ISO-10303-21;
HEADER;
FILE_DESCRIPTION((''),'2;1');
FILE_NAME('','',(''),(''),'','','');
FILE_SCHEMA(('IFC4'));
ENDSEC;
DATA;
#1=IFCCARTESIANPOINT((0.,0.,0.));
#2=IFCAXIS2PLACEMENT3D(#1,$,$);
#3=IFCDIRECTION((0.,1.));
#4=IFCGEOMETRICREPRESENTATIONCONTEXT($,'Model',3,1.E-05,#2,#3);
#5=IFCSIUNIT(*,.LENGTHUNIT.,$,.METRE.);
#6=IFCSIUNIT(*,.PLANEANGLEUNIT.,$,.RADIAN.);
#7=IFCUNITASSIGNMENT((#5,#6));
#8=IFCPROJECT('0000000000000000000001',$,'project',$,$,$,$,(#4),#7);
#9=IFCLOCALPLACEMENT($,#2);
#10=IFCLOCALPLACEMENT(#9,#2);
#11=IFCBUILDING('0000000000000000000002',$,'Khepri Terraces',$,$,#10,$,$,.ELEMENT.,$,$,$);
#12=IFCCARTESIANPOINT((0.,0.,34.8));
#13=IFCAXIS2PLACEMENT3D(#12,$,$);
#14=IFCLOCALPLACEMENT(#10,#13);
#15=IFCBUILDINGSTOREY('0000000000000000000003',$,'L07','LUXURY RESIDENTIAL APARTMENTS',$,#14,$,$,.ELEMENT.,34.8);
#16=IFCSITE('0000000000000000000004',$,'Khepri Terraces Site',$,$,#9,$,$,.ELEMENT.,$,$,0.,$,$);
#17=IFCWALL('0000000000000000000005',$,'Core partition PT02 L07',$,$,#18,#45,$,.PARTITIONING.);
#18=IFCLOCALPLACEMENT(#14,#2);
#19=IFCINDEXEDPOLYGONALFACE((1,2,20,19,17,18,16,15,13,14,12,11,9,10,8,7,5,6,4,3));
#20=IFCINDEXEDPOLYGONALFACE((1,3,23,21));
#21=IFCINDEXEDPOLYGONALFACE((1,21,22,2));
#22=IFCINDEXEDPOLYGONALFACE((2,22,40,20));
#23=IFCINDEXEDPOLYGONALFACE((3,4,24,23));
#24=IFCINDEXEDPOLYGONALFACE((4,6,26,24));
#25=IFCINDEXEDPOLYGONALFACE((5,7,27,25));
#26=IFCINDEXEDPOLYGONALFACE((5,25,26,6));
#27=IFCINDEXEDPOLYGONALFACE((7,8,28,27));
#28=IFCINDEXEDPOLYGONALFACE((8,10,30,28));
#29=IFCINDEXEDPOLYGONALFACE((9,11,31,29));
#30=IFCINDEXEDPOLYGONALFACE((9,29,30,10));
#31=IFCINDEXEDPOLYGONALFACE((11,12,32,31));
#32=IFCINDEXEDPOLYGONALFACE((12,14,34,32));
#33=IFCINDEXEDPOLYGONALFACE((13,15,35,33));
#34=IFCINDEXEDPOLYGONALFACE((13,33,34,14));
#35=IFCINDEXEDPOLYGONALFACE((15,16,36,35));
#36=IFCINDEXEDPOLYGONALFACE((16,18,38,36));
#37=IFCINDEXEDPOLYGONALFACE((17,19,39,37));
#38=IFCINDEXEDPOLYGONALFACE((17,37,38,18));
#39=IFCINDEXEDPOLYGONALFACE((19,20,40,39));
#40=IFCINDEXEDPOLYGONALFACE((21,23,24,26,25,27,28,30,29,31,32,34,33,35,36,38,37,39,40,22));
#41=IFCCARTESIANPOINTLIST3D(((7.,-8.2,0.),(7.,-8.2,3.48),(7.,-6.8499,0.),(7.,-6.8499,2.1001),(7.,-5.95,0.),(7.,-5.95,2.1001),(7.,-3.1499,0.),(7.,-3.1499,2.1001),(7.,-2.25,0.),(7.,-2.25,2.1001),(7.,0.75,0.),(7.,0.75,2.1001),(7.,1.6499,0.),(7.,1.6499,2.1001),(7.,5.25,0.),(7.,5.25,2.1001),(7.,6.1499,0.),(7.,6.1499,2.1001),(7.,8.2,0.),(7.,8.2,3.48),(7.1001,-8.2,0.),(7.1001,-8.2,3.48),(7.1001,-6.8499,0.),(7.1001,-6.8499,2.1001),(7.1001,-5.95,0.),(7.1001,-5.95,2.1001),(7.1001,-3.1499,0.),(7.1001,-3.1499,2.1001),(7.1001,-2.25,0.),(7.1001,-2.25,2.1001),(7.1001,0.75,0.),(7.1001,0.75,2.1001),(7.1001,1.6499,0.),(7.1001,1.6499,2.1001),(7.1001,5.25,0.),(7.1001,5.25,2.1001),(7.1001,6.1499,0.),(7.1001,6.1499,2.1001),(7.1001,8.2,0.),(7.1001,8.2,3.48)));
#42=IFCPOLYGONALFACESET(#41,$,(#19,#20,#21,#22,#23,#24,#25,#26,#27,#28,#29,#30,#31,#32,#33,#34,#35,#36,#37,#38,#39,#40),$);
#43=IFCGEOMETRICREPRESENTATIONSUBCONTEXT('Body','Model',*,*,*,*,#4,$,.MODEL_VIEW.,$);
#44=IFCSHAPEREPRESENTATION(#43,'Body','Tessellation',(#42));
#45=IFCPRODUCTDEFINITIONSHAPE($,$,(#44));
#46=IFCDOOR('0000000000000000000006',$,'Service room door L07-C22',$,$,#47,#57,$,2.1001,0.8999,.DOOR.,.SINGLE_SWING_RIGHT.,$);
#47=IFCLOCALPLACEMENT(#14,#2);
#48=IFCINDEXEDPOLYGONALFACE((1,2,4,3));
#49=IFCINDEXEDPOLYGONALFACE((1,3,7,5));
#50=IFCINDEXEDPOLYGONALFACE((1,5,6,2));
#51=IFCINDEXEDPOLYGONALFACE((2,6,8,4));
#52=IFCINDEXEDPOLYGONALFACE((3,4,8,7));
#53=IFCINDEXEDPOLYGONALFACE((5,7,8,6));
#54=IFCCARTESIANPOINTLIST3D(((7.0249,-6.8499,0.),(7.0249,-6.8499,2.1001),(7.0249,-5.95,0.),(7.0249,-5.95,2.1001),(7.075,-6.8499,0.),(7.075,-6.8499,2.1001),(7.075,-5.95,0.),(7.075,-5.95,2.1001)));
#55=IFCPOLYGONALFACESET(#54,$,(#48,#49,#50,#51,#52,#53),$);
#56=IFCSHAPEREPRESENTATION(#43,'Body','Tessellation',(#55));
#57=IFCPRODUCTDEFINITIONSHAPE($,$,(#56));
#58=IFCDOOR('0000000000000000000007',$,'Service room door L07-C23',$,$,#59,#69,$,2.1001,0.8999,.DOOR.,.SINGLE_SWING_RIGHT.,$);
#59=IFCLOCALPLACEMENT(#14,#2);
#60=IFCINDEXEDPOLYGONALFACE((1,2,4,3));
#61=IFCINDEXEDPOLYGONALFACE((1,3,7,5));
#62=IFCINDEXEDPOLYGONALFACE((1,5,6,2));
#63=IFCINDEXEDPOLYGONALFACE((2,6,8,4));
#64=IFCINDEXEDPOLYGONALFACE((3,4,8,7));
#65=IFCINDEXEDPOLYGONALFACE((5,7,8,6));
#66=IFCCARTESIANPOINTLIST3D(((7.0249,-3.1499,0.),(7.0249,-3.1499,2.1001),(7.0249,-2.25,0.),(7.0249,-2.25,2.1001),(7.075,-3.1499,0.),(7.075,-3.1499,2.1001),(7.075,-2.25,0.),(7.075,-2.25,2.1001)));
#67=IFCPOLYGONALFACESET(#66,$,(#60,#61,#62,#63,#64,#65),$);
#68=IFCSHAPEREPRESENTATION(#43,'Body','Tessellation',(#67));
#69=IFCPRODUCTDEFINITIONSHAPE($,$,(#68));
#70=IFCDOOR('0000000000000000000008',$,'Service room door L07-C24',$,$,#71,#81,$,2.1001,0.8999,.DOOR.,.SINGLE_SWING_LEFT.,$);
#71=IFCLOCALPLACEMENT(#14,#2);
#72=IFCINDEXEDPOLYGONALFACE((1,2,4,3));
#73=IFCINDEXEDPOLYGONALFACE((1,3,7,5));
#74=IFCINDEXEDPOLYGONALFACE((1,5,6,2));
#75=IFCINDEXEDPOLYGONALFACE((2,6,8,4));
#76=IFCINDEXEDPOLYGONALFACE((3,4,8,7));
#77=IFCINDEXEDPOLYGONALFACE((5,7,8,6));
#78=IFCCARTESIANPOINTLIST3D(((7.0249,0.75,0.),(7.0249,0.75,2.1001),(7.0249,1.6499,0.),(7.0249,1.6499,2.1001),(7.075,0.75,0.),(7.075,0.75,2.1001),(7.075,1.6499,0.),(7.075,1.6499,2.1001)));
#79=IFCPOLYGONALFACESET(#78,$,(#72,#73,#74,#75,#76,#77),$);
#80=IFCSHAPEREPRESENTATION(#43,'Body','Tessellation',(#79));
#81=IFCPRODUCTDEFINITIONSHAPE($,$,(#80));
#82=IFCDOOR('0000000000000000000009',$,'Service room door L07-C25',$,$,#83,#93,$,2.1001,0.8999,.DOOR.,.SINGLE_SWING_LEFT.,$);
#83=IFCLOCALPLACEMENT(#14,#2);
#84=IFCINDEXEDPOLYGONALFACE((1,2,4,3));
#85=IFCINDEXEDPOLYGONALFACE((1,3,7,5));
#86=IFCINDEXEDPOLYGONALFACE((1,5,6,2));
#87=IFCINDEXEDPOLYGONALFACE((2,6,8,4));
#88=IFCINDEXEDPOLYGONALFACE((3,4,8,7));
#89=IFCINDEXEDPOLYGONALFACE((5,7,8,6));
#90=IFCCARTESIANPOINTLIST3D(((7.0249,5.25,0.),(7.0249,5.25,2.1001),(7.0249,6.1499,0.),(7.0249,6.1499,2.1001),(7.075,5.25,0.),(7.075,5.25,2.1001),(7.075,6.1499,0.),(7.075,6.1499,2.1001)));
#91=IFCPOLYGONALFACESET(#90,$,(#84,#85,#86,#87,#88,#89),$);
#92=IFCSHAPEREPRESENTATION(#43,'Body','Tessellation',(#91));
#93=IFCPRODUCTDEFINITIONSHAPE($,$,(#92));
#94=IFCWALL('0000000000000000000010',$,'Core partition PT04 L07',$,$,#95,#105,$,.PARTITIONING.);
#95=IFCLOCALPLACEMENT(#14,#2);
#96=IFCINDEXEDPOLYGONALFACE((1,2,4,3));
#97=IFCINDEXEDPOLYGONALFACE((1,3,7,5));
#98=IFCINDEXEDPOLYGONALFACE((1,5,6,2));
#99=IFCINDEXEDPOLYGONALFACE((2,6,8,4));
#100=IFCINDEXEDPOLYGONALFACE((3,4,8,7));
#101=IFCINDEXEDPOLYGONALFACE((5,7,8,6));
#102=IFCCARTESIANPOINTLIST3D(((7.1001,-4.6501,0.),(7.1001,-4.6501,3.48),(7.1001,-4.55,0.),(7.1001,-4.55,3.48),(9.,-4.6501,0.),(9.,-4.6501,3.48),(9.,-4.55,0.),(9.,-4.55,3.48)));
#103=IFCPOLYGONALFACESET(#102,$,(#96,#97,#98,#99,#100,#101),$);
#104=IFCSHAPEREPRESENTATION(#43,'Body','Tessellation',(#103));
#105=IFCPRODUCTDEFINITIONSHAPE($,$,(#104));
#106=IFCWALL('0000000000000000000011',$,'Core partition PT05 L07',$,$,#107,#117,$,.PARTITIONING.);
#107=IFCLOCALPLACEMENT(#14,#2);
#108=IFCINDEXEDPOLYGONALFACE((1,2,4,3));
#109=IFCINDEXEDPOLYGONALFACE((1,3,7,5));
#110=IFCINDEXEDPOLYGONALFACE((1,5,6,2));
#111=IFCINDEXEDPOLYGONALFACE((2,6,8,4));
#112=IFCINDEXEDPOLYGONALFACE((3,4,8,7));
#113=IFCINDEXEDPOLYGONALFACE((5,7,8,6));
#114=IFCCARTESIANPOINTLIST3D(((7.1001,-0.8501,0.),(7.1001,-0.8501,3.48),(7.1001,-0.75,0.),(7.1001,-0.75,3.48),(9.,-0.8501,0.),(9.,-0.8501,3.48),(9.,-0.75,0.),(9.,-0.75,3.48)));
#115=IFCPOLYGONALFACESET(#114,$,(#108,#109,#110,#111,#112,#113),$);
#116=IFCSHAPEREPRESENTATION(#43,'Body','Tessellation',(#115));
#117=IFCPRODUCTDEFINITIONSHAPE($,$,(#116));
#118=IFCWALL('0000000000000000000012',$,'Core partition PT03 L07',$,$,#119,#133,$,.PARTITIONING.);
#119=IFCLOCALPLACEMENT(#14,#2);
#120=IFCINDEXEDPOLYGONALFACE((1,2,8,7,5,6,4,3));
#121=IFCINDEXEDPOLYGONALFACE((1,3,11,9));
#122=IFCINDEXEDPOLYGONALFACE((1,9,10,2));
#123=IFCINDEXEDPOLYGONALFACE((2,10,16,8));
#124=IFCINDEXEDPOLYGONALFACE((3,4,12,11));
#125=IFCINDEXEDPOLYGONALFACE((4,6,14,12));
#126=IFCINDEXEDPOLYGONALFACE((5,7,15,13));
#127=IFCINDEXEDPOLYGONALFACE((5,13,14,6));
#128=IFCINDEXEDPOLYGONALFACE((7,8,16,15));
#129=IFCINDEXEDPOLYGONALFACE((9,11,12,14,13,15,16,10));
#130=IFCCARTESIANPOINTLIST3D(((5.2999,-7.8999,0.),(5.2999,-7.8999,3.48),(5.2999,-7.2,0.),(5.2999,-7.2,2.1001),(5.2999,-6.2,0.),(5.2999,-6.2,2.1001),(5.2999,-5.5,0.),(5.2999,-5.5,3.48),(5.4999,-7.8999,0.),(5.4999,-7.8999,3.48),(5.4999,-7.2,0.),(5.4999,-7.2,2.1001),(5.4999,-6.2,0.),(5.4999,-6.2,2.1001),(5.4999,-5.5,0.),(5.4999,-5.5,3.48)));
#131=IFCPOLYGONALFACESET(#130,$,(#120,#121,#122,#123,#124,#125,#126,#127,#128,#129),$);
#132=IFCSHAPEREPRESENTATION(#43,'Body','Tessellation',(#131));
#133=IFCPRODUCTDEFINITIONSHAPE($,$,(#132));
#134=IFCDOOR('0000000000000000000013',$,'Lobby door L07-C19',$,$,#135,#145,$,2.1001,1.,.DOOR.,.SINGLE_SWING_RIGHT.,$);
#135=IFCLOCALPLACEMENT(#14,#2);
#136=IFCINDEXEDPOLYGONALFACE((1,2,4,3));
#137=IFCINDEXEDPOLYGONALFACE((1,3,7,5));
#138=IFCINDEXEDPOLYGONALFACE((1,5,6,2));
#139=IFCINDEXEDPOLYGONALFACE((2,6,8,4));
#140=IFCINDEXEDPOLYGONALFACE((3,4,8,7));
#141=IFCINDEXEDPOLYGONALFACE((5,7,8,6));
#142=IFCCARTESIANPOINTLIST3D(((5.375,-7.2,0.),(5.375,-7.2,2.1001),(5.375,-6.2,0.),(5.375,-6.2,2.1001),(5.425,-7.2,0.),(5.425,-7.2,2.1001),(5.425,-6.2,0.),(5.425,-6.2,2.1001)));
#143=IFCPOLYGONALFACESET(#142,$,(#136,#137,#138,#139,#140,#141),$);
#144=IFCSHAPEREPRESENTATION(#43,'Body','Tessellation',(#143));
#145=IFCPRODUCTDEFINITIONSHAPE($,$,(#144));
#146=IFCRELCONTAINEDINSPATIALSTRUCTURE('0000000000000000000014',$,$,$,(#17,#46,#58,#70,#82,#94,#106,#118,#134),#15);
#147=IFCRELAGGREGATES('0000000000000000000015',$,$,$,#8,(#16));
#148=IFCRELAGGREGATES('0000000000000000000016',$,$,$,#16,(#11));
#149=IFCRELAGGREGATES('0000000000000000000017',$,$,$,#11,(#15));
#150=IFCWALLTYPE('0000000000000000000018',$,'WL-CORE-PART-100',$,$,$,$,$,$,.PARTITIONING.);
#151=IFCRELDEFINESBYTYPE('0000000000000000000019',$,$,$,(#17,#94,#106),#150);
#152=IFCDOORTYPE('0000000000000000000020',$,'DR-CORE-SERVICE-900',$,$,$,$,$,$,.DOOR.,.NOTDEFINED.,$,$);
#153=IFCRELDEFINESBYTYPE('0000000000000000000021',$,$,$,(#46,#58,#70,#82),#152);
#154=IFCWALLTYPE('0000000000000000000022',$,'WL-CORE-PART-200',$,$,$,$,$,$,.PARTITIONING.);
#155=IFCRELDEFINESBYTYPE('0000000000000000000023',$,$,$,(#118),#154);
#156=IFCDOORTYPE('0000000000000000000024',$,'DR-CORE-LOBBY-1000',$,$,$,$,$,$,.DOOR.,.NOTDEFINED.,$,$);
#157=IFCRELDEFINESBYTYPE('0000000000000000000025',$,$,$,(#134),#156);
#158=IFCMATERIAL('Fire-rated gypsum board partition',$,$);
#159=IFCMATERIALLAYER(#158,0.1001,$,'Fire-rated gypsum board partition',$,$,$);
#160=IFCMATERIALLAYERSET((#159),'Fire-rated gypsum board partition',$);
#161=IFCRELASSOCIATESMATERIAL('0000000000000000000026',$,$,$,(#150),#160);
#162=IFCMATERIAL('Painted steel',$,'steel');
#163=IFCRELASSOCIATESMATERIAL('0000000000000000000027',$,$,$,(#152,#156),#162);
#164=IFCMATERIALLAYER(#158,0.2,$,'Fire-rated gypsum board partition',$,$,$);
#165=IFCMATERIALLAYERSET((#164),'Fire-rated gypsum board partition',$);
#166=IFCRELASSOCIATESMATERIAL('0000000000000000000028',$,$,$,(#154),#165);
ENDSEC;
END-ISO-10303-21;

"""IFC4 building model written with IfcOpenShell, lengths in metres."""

from ifc_helpers import new_model, si_unit, direction, frame, frame_2d, origin, place, context, subcontext, project, spatial, rectangle, extrude, material, layer, layer_set, type_object, element, fill, save


model = new_model("IFC4")

# Units and contexts
model_context = context("Model", 3, precision=1e-05, world=origin(), true_north=direction((0.0, 1.0)))
body_context = subcontext(model_context, "Body", "Model", "MODEL_VIEW")
ifc_project = project(units=[si_unit("LENGTHUNIT", "METRE"), si_unit("PLANEANGLEUNIT", "RADIAN")], contexts=[model_context])

# Site, building, storey
site_placement = place(None, origin())
site = spatial("IfcSite", under=ifc_project, at=site_placement, Name="Khepri Terraces Site", CompositionType="ELEMENT", RefElevation=0.0)
building_placement = place(site_placement, origin())
building = spatial("IfcBuilding", under=site, at=building_placement, Name="Khepri Terraces", CompositionType="ELEMENT")
storey_placement = place(building_placement, frame((0.0, 0.0, 34.8)))
storey = spatial("IfcBuildingStorey", under=building, at=storey_placement, Name="L07", Description="LUXURY RESIDENTIAL APARTMENTS", CompositionType="ELEMENT", Elevation=34.8)

# Shared definitions
ifc_material_1 = material(Name="Painted steel", Category="steel")

# Wall, openings, doors
ifc_material_2 = material(Name="Fire-rated gypsum board partition")
ifc_layer_1 = layer(ifc_material_2, 0.1001, Name="Fire-rated gypsum board partition")
ifc_layer_set_1 = layer_set([ifc_layer_1], Name="Fire-rated gypsum board partition")
wall_type_1 = type_object("IfcWallType", Name="WL-CORE-PART-100", PredefinedType="PARTITIONING", material=ifc_layer_set_1)
wall_1_placement = place(storey_placement, frame((7.05, -8.2, 0.0), z_axis=(0.0, 0.0, 1.0), x_axis=(0.0, 1.0, 0.0)))
wall_1 = element("IfcWall", 1, at=wall_1_placement, inside=storey, type_object=wall_type_1, Name="Core partition PT02 L07", PredefinedType="PARTITIONING", context=body_context, shape_type="SweptSolid", body=[
    extrude(rectangle(XDim=16.3999, YDim=0.1001, at=frame_2d((8.2, 0.0))), origin(), (0.0, 0.0, 1.0), 3.48),
])
opening_1_placement = place(wall_1_placement, frame((1.3501, 0.0, 0.0)))
opening_1 = element("IfcOpeningElement", 2, at=opening_1_placement, cuts=wall_1, PredefinedType="OPENING", context=body_context, shape_type="SweptSolid", body=[
    extrude(rectangle(XDim=0.8999, YDim=2.1001, at=frame_2d((0.45, 1.05))), frame((0.0, 0.0601, 0.0), z_axis=(0.0, -1.0, 0.0), x_axis=(1.0, 0.0, 0.0)), (0.0, 0.0, 1.0), 0.1201),
])
opening_2_placement = place(wall_1_placement, frame((5.05, 0.0, 0.0)))
opening_2 = element("IfcOpeningElement", 3, at=opening_2_placement, cuts=wall_1, PredefinedType="OPENING", context=body_context, shape_type="SweptSolid", body=[
    extrude(rectangle(XDim=0.8999, YDim=2.1001, at=frame_2d((0.45, 1.05))), frame((0.0, 0.0601, 0.0), z_axis=(0.0, -1.0, 0.0), x_axis=(1.0, 0.0, 0.0)), (0.0, 0.0, 1.0), 0.1201),
])
opening_3_placement = place(wall_1_placement, frame((8.95, 0.0, 0.0)))
opening_3 = element("IfcOpeningElement", 4, at=opening_3_placement, cuts=wall_1, PredefinedType="OPENING", context=body_context, shape_type="SweptSolid", body=[
    extrude(rectangle(XDim=0.8999, YDim=2.1001, at=frame_2d((0.45, 1.05))), frame((0.0, 0.0601, 0.0), z_axis=(0.0, -1.0, 0.0), x_axis=(1.0, 0.0, 0.0)), (0.0, 0.0, 1.0), 0.1201),
])
opening_4_placement = place(wall_1_placement, frame((13.45, 0.0, 0.0)))
opening_4 = element("IfcOpeningElement", 5, at=opening_4_placement, cuts=wall_1, PredefinedType="OPENING", context=body_context, shape_type="SweptSolid", body=[
    extrude(rectangle(XDim=0.8999, YDim=2.1001, at=frame_2d((0.45, 1.05))), frame((0.0, 0.0601, 0.0), z_axis=(0.0, -1.0, 0.0), x_axis=(1.0, 0.0, 0.0)), (0.0, 0.0, 1.0), 0.1201),
])
door_type_1 = type_object("IfcDoorType", Name="DR-CORE-SERVICE-900", OperationType="NOTDEFINED", PredefinedType="DOOR", material=ifc_material_1)
door_1_placement = place(opening_1_placement, frame((0.8999, 0.0, 0.0), z_axis=(0.0, 0.0, 1.0), x_axis=(-1.0, 0.0, 0.0)))
door_1 = element("IfcDoor", 6, at=door_1_placement, inside=storey, type_object=door_type_1, Name="Service room door L07-C22", OperationType="SINGLE_SWING_RIGHT", OverallHeight=2.1001, OverallWidth=0.8999, PredefinedType="DOOR", context=body_context, shape_type="SweptSolid", body=[
    extrude(rectangle(XDim=0.8999, YDim=2.1001, at=frame_2d((0.45, 1.05))), frame((0.0, 0.0249, 0.0), z_axis=(0.0, -1.0, 0.0), x_axis=(1.0, 0.0, 0.0)), (0.0, 0.0, 1.0), 0.05),
])
fill(opening_1, door_1)
door_2_placement = place(opening_2_placement, frame((0.8999, 0.0, 0.0), z_axis=(0.0, 0.0, 1.0), x_axis=(-1.0, 0.0, 0.0)))
door_2 = element("IfcDoor", 7, at=door_2_placement, inside=storey, type_object=door_type_1, Name="Service room door L07-C23", OperationType="SINGLE_SWING_RIGHT", OverallHeight=2.1001, OverallWidth=0.8999, PredefinedType="DOOR", context=body_context, shape_type="SweptSolid", body=[
    extrude(rectangle(XDim=0.8999, YDim=2.1001, at=frame_2d((0.45, 1.05))), frame((0.0, 0.0249, 0.0), z_axis=(0.0, -1.0, 0.0), x_axis=(1.0, 0.0, 0.0)), (0.0, 0.0, 1.0), 0.05),
])
fill(opening_2, door_2)
door_3_placement = place(opening_3_placement, frame((0.8999, 0.0, 0.0), z_axis=(0.0, 0.0, 1.0), x_axis=(-1.0, 0.0, 0.0)))
door_3 = element("IfcDoor", 8, at=door_3_placement, inside=storey, type_object=door_type_1, Name="Service room door L07-C24", OperationType="SINGLE_SWING_LEFT", OverallHeight=2.1001, OverallWidth=0.8999, PredefinedType="DOOR", context=body_context, shape_type="SweptSolid", body=[
    extrude(rectangle(XDim=0.8999, YDim=2.1001, at=frame_2d((0.45, 1.05))), frame((0.0, 0.0249, 0.0), z_axis=(0.0, -1.0, 0.0), x_axis=(1.0, 0.0, 0.0)), (0.0, 0.0, 1.0), 0.05),
])
fill(opening_3, door_3)
door_4_placement = place(opening_4_placement, frame((0.8999, 0.0, 0.0), z_axis=(0.0, 0.0, 1.0), x_axis=(-1.0, 0.0, 0.0)))
door_4 = element("IfcDoor", 9, at=door_4_placement, inside=storey, type_object=door_type_1, Name="Service room door L07-C25", OperationType="SINGLE_SWING_LEFT", OverallHeight=2.1001, OverallWidth=0.8999, PredefinedType="DOOR", context=body_context, shape_type="SweptSolid", body=[
    extrude(rectangle(XDim=0.8999, YDim=2.1001, at=frame_2d((0.45, 1.05))), frame((0.0, 0.0249, 0.0), z_axis=(0.0, -1.0, 0.0), x_axis=(1.0, 0.0, 0.0)), (0.0, 0.0, 1.0), 0.05),
])
fill(opening_4, door_4)

# Walls
for number, where, z_axis, x_axis, name in (
    (10, (7.1001, -4.6001, 0.0), (0.0, 0.0, 1.0), (1.0, 0.0, 0.0), "Core partition PT04 L07"),
    (11, (7.1001, -0.8, 0.0), (0.0, 0.0, 1.0), (1.0, 0.0, 0.0), "Core partition PT05 L07"),
):
    element("IfcWall", number, at=place(storey_placement, frame(where, z_axis=z_axis, x_axis=x_axis)), inside=storey, type_object=wall_type_1, Name=name, PredefinedType="PARTITIONING", context=body_context, shape_type="SweptSolid", body=[
        extrude(rectangle(XDim=1.8999, YDim=0.1001, at=frame_2d((0.95, 0.0))), origin(), (0.0, 0.0, 1.0), 3.48),
    ])

# Wall, opening, door
ifc_layer_2 = layer(ifc_material_2, 0.2, Name="Fire-rated gypsum board partition")
ifc_layer_set_2 = layer_set([ifc_layer_2], Name="Fire-rated gypsum board partition")
wall_type_2 = type_object("IfcWallType", Name="WL-CORE-PART-200", PredefinedType="PARTITIONING", material=ifc_layer_set_2)
wall_2_placement = place(storey_placement, frame((5.3999, -7.8999, 0.0), z_axis=(0.0, 0.0, 1.0), x_axis=(0.0, 1.0, 0.0)))
wall_2 = element("IfcWall", 12, at=wall_2_placement, inside=storey, type_object=wall_type_2, Name="Core partition PT03 L07", PredefinedType="PARTITIONING", context=body_context, shape_type="SweptSolid", body=[
    extrude(rectangle(XDim=2.3999, YDim=0.2, at=frame_2d((1.2, 0.0))), origin(), (0.0, 0.0, 1.0), 3.48),
])
opening_5_placement = place(wall_2_placement, frame((0.7, 0.0, 0.0)))
opening_5 = element("IfcOpeningElement", 13, at=opening_5_placement, cuts=wall_2, PredefinedType="OPENING", context=body_context, shape_type="SweptSolid", body=[
    extrude(rectangle(XDim=1.0, YDim=2.1001, at=frame_2d((0.5, 1.05))), frame((0.0, 0.1099, 0.0), z_axis=(0.0, -1.0, 0.0), x_axis=(1.0, 0.0, 0.0)), (0.0, 0.0, 1.0), 0.22),
])
door_type_2 = type_object("IfcDoorType", Name="DR-CORE-LOBBY-1000", OperationType="NOTDEFINED", PredefinedType="DOOR", material=ifc_material_1)
door_5_placement = place(opening_5_placement, origin())
door_5 = element("IfcDoor", 14, at=door_5_placement, inside=storey, type_object=door_type_2, Name="Lobby door L07-C19", OperationType="SINGLE_SWING_RIGHT", OverallHeight=2.1001, OverallWidth=1.0, PredefinedType="DOOR", context=body_context, shape_type="SweptSolid", body=[
    extrude(rectangle(XDim=1.0, YDim=2.1001, at=frame_2d((0.5, 1.05))), frame((0.0, 0.0249, 0.0), z_axis=(0.0, -1.0, 0.0), x_axis=(1.0, 0.0, 0.0)), (0.0, 0.0, 1.0), 0.05),
])
fill(opening_5, door_5)

save(model, "model.ifc")
